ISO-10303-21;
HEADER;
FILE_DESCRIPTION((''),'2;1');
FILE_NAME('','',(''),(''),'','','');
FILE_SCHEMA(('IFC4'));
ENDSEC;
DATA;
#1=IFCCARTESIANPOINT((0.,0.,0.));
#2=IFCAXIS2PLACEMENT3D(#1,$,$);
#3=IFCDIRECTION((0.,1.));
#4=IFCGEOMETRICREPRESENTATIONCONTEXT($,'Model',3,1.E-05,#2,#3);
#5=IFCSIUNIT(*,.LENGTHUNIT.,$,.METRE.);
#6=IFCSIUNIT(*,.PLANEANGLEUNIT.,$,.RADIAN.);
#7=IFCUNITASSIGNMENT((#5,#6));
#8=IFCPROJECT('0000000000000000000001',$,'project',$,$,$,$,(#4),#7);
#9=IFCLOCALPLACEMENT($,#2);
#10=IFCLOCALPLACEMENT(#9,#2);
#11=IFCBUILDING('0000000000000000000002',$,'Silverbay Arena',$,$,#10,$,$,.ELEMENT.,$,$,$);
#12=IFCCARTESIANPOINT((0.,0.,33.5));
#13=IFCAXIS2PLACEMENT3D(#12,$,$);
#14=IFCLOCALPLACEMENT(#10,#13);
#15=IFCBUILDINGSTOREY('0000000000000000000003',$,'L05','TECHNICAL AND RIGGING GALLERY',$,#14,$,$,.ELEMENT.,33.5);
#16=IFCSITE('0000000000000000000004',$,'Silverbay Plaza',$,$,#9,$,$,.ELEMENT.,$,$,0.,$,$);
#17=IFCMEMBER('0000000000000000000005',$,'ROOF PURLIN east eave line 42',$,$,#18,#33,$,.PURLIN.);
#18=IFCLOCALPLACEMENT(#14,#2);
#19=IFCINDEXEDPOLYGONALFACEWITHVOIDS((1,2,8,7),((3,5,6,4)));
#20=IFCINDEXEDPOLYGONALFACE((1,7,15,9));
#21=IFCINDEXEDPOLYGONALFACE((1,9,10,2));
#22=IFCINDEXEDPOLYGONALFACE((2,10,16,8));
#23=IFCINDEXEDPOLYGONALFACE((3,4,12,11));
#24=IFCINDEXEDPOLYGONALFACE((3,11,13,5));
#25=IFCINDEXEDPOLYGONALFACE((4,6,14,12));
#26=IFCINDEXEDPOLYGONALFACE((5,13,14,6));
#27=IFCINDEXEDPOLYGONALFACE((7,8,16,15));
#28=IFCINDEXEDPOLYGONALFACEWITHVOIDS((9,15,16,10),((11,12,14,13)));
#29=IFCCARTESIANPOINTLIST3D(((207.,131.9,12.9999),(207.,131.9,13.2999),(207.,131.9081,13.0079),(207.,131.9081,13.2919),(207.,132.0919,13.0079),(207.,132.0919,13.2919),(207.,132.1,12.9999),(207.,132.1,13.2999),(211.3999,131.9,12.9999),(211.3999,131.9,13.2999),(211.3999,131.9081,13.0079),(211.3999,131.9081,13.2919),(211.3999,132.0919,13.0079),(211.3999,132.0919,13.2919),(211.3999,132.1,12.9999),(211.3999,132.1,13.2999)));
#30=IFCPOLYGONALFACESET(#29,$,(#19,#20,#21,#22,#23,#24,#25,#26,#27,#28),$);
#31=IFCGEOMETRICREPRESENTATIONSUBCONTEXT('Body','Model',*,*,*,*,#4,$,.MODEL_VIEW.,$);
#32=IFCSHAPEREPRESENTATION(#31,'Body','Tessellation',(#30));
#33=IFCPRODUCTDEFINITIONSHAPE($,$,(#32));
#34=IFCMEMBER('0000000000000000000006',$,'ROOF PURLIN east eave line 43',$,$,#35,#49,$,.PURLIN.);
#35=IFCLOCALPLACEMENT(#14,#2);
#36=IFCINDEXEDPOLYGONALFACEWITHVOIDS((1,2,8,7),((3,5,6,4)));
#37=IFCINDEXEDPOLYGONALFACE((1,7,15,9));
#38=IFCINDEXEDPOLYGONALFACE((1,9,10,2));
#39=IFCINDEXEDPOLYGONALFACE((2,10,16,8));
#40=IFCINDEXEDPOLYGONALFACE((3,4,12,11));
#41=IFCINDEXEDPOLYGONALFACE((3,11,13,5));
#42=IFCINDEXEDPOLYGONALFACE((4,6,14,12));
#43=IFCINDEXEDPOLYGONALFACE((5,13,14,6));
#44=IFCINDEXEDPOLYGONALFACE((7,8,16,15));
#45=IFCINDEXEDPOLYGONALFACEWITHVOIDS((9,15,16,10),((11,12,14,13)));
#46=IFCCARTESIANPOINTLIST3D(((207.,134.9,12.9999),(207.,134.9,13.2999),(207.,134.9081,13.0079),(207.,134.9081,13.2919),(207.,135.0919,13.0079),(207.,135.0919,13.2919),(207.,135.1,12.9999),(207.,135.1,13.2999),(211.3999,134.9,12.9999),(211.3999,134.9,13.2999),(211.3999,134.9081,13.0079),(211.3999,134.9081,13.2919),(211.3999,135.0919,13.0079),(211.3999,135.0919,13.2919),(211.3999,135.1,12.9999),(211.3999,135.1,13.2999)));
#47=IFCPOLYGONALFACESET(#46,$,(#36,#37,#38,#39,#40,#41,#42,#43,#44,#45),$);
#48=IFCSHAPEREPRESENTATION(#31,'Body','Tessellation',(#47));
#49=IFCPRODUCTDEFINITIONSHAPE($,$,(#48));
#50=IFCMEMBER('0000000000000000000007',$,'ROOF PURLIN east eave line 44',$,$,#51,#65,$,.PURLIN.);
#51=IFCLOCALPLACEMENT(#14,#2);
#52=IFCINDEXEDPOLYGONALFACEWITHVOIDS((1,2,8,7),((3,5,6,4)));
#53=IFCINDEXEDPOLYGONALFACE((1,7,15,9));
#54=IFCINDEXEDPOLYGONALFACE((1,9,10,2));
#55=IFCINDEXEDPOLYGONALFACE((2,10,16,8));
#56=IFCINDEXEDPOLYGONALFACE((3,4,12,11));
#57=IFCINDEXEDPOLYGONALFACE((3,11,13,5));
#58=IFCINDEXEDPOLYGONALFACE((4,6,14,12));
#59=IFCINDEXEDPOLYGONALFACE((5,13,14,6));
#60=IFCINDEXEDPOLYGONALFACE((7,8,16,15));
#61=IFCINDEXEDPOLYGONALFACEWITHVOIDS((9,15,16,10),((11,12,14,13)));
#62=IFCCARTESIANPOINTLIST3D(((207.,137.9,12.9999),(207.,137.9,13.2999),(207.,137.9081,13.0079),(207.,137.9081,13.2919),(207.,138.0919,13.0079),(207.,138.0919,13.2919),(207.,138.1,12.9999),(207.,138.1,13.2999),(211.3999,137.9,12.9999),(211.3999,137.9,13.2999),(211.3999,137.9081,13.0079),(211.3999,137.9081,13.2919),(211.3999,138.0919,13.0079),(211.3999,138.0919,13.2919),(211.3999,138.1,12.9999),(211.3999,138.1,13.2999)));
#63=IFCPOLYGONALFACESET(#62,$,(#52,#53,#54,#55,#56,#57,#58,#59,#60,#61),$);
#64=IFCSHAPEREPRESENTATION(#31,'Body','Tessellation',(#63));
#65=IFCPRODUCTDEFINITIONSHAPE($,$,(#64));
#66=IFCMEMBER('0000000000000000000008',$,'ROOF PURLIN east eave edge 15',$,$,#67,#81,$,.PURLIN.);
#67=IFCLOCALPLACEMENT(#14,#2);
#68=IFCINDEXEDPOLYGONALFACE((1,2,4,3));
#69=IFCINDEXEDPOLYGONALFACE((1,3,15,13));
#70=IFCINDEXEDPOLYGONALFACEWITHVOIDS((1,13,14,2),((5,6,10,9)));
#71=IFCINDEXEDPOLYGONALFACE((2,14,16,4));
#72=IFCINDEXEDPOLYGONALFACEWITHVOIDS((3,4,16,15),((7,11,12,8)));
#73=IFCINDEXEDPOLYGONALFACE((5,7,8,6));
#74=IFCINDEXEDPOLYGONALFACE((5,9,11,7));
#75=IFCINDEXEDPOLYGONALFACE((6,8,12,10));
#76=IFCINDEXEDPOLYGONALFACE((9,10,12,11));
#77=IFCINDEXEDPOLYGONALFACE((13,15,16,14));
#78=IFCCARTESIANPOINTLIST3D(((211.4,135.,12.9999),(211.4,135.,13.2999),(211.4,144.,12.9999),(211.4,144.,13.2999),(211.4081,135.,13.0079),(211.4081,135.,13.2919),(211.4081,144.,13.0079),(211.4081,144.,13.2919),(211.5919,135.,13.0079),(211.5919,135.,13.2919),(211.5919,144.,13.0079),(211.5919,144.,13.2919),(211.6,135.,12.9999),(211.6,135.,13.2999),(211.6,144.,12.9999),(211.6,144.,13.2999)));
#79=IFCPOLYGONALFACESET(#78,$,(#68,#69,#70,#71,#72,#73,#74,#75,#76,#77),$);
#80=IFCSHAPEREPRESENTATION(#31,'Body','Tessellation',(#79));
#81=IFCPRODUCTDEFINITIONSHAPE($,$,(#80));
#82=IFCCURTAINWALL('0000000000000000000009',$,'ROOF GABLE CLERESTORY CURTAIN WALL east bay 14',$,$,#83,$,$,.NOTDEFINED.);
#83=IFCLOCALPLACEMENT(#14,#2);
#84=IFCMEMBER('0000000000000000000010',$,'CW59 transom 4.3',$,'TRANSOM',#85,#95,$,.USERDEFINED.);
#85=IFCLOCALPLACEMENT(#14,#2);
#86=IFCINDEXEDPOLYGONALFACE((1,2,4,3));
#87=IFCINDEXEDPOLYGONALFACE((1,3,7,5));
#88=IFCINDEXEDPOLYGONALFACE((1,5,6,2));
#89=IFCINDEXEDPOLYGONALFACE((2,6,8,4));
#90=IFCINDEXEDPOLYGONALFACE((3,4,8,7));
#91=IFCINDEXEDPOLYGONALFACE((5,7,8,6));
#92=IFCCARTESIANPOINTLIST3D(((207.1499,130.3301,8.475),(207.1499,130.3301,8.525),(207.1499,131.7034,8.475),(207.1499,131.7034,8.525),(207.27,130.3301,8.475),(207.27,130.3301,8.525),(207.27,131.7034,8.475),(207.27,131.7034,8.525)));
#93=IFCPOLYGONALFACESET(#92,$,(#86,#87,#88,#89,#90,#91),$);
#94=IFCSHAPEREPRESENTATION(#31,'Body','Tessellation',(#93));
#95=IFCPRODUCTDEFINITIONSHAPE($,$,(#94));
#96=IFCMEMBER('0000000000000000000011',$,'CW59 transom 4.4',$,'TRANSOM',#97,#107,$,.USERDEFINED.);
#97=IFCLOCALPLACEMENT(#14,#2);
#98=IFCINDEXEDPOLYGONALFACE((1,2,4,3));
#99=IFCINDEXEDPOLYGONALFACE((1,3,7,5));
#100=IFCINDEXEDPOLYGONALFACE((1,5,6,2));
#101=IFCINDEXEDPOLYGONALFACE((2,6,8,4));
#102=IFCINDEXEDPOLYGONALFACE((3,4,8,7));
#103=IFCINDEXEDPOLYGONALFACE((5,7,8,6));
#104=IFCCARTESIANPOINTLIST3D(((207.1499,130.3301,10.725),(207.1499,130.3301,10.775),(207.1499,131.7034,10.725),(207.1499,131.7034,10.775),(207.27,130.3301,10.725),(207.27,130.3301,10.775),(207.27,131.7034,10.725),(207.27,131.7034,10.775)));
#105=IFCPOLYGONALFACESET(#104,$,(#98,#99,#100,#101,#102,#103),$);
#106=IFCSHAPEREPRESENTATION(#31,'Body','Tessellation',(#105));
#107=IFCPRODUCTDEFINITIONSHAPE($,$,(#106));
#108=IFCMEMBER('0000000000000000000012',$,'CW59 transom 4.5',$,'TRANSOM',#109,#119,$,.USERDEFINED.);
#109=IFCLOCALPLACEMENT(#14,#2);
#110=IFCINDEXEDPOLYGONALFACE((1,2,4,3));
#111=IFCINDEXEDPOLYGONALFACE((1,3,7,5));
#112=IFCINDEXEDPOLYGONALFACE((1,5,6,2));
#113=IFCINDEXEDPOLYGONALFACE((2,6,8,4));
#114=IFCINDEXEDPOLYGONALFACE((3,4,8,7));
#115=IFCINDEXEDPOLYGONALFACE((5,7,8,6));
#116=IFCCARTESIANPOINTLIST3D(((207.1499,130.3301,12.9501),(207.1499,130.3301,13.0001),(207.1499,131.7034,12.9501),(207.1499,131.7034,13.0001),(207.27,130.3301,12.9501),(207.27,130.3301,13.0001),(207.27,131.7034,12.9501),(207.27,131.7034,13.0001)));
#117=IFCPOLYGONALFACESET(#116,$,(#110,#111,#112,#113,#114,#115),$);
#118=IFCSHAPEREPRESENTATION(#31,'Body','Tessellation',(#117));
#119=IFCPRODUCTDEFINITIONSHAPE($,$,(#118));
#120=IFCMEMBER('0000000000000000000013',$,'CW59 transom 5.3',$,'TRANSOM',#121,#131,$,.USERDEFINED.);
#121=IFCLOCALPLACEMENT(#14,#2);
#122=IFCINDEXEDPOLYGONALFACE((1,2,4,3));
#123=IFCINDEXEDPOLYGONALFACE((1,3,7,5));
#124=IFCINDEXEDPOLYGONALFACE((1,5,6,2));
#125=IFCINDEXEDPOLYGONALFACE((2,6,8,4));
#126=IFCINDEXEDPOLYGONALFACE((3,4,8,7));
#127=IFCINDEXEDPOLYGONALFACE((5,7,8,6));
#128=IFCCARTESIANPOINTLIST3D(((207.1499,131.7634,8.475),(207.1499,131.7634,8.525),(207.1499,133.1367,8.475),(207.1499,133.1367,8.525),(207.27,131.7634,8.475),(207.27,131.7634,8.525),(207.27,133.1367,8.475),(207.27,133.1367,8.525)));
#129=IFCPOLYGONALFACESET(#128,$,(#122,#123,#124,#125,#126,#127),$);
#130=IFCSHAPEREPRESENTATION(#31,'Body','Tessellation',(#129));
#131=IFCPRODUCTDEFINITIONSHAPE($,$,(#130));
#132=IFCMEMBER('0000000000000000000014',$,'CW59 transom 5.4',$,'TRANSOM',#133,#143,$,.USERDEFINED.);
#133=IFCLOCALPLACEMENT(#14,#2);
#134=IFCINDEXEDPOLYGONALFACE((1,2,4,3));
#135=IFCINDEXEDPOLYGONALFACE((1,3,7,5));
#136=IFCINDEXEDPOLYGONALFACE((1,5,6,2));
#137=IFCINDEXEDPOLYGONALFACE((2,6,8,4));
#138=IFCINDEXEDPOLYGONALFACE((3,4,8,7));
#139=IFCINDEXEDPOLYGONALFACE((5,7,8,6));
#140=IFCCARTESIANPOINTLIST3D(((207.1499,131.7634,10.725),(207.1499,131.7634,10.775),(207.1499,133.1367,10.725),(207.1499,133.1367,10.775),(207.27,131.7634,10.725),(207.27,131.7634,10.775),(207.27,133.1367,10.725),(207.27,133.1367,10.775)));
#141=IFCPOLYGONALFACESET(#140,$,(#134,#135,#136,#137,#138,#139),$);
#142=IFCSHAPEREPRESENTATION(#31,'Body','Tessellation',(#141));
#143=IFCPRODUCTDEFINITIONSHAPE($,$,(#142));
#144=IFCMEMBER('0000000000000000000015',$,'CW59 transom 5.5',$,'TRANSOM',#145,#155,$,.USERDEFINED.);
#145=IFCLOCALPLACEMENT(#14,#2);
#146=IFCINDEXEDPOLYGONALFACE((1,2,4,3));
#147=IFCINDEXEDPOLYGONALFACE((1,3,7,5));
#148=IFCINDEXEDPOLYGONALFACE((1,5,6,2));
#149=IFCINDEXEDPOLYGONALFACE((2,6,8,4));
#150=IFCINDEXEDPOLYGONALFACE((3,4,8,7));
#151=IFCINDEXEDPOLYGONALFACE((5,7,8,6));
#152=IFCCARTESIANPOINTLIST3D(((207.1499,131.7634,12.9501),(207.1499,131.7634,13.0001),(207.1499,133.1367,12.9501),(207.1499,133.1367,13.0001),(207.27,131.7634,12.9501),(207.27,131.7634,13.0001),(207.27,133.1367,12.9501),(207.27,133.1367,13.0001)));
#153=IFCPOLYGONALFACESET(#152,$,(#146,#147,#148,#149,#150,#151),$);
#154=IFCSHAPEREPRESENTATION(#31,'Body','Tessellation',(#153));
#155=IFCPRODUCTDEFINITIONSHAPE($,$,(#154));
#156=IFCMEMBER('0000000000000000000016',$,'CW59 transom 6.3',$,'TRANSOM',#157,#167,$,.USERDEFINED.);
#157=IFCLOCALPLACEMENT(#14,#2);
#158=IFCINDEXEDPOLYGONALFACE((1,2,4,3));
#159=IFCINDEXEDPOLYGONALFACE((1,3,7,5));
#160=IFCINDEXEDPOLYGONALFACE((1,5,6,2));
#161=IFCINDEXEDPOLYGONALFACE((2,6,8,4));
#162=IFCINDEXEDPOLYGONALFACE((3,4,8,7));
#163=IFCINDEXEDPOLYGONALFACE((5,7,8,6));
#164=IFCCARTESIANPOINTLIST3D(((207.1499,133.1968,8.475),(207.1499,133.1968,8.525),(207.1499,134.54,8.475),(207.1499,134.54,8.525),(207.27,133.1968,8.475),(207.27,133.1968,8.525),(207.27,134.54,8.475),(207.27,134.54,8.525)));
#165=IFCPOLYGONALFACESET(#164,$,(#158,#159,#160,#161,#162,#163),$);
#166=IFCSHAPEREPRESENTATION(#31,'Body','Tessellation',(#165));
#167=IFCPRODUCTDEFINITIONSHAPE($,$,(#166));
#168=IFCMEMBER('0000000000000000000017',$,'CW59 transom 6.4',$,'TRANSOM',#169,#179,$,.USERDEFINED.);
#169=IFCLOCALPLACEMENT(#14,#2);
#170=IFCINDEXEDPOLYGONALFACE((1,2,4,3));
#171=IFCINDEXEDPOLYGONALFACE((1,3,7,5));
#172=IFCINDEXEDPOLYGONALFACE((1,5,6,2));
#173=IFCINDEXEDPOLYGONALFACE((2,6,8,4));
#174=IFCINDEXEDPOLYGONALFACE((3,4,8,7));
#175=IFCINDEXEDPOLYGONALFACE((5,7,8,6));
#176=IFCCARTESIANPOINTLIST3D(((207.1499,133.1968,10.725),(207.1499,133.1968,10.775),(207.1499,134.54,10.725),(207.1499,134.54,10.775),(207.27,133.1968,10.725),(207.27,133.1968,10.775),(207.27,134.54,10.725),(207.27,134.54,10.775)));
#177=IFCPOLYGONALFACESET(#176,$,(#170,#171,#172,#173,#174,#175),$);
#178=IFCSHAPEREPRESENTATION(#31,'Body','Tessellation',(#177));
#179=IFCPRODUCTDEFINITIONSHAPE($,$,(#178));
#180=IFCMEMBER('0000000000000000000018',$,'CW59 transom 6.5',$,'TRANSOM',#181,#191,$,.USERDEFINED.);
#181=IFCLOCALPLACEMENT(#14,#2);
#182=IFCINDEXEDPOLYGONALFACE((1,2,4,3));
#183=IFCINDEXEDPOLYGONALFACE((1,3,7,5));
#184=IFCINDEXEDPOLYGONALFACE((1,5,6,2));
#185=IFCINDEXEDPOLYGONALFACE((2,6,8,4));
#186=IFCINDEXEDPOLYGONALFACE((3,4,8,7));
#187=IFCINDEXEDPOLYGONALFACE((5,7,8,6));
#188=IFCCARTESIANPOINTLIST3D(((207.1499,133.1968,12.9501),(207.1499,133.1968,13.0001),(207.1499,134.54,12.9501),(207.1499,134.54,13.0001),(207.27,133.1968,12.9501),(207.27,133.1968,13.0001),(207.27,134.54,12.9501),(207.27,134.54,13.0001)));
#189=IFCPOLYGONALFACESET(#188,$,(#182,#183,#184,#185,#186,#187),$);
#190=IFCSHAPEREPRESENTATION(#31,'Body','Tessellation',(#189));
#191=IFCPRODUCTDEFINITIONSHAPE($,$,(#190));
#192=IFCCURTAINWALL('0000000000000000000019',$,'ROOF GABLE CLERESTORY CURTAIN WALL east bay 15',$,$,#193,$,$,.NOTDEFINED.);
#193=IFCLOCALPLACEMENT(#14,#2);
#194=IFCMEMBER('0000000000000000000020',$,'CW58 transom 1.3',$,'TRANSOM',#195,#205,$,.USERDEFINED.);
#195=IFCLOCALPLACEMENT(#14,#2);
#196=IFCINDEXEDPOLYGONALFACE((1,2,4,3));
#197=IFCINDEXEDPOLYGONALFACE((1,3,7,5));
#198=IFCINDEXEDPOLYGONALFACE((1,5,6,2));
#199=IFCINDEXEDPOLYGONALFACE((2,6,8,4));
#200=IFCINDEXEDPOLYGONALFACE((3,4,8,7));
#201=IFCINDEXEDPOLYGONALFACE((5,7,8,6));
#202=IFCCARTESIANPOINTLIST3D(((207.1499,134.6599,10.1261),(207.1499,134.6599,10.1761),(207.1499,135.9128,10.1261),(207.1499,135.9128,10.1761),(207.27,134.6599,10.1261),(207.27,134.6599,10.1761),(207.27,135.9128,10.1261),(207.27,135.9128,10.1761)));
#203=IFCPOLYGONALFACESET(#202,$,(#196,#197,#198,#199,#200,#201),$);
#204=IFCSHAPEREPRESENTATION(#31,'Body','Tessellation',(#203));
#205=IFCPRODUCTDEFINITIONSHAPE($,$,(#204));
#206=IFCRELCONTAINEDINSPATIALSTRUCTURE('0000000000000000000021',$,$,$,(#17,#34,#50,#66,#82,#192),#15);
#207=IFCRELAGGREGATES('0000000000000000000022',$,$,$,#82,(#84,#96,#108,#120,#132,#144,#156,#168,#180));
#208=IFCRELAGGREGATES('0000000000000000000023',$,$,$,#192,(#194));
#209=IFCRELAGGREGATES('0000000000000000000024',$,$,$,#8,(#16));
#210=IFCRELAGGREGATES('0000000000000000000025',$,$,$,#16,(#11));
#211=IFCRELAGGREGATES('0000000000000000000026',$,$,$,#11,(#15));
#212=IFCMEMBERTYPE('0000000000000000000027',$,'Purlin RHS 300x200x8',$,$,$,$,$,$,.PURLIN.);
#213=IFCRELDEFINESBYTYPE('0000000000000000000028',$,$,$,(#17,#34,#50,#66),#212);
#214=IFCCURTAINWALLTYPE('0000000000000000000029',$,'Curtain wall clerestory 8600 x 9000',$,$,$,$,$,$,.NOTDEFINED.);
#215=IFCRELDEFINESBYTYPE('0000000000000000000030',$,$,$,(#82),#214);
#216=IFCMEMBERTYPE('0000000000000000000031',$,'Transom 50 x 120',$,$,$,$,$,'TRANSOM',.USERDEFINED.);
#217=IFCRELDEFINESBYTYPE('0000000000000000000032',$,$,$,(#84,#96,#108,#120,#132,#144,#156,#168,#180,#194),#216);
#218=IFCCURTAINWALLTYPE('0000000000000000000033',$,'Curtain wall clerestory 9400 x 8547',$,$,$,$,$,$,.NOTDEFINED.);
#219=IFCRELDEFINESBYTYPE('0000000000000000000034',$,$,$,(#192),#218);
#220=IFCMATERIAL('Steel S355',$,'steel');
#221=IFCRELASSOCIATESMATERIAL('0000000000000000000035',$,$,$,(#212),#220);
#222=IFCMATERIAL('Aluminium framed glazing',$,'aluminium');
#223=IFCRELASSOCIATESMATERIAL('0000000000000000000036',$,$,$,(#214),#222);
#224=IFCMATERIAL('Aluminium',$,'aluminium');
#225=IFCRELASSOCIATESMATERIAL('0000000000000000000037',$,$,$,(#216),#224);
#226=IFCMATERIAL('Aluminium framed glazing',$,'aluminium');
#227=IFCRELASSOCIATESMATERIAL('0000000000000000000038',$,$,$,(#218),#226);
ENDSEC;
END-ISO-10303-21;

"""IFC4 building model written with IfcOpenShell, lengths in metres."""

from ifc_helpers import new_model, si_unit, direction, frame, origin, origin_2d, place, context, subcontext, project, spatial, rectangle, hollow_rectangle, extrude, material, material_profile, profile_set, type_object, element, aggregate, save


model = new_model("IFC4")

# Units and contexts
model_context = context("Model", 3, precision=1e-05, world=origin(), true_north=direction((0.0, 1.0)))
body_context = subcontext(model_context, "Body", "Model", "MODEL_VIEW")
ifc_project = project(units=[si_unit("LENGTHUNIT", "METRE"), si_unit("PLANEANGLEUNIT", "RADIAN")], contexts=[model_context])

# Site, building, storey
site_placement = place(None, origin())
site = spatial("IfcSite", under=ifc_project, at=site_placement, Name="Silverbay Plaza", CompositionType="ELEMENT", RefElevation=0.0)
building_placement = place(site_placement, origin())
building = spatial("IfcBuilding", under=site, at=building_placement, Name="Silverbay Arena", CompositionType="ELEMENT")
storey_placement = place(building_placement, frame((0.0, 0.0, 33.5)))
storey = spatial("IfcBuildingStorey", under=building, at=storey_placement, Name="L05", Description="TECHNICAL AND RIGGING GALLERY", CompositionType="ELEMENT", Elevation=33.5)

# Members
ifc_material_1 = material(Name="Steel S355", Category="steel")
ifc_material_profile_1 = material_profile(ifc_material_1, hollow_rectangle(XDim=0.2, YDim=0.3, WallThickness=0.0081, at=origin_2d()), Name="RHS 300x200x8")
ifc_profile_set_1 = profile_set([ifc_material_profile_1], Name="Steel S355")
member_type_1 = type_object("IfcMemberType", Name="Purlin RHS 300x200x8", PredefinedType="PURLIN", material=ifc_profile_set_1)
for number, where, z_axis, x_axis, name in (
    (1, (211.3999, 132.0, 13.1499), (-1.0, 0.0, 0.0), (0.0, -1.0, 0.0), "ROOF PURLIN east eave line 42"),
    (2, (211.3999, 135.0, 13.1499), (-1.0, 0.0, 0.0), (0.0, -1.0, 0.0), "ROOF PURLIN east eave line 43"),
    (3, (211.3999, 138.0, 13.1499), (-1.0, 0.0, 0.0), (0.0, -1.0, 0.0), "ROOF PURLIN east eave line 44"),
):
    element("IfcMember", number, at=place(storey_placement, frame(where, z_axis=z_axis, x_axis=x_axis)), inside=storey, type_object=member_type_1, Name=name, PredefinedType="PURLIN", context=body_context, shape_type="SweptSolid", body=[
        extrude(hollow_rectangle(XDim=0.2, YDim=0.3, WallThickness=0.0081, at=origin_2d()), origin(), (0.0, 0.0, 1.0), 4.3999),
    ])
member_1_placement = place(storey_placement, frame((211.5, 135.0, 13.1499), z_axis=(0.0, 1.0, 0.0), x_axis=(-1.0, 0.0, 0.0)))
element("IfcMember", 4, at=member_1_placement, inside=storey, type_object=member_type_1, Name="ROOF PURLIN east eave edge 15", PredefinedType="PURLIN", context=body_context, shape_type="SweptSolid", body=[
    extrude(hollow_rectangle(XDim=0.2, YDim=0.3, WallThickness=0.0081, at=origin_2d()), origin(), (0.0, 0.0, 1.0), 9.0),
])

# Curtain walls, members
ifc_material_2 = material(Name="Aluminium framed glazing", Category="aluminium")
curtain_wall_type_1 = type_object("IfcCurtainWallType", Name="Curtain wall clerestory 8600 x 9000", PredefinedType="NOTDEFINED", material=ifc_material_2)
curtain_wall_1_placement = place(storey_placement, origin())
curtain_wall_1 = element("IfcCurtainWall", 5, at=curtain_wall_1_placement, inside=storey, type_object=curtain_wall_type_1, Name="ROOF GABLE CLERESTORY CURTAIN WALL east bay 14", PredefinedType="NOTDEFINED")
ifc_material_3 = material(Name="Aluminium", Category="aluminium")
ifc_material_profile_2 = material_profile(ifc_material_3, rectangle(XDim=0.1201, YDim=0.05, at=origin_2d()), Name="Transom 50 x 120")
ifc_profile_set_2 = profile_set([ifc_material_profile_2], Name="Aluminium")
member_type_2 = type_object("IfcMemberType", Name="Transom 50 x 120", ElementType="TRANSOM", PredefinedType="USERDEFINED", material=ifc_profile_set_2)
member_2_placement = place(storey_placement, frame((207.21, 130.3301, 8.5), z_axis=(0.0, 1.0, 0.0), x_axis=(-1.0, 0.0, 0.0)))
member_2 = element("IfcMember", 6, at=member_2_placement, type_object=member_type_2, Name="CW59 transom 4.3", ObjectType="TRANSOM", PredefinedType="USERDEFINED", context=body_context, shape_type="SweptSolid", body=[
    extrude(rectangle(XDim=0.1201, YDim=0.05, at=origin_2d()), origin(), (0.0, 0.0, 1.0), 1.3733),
])
member_3_placement = place(storey_placement, frame((207.21, 130.3301, 10.75), z_axis=(0.0, 1.0, 0.0), x_axis=(-1.0, 0.0, 0.0)))
member_3 = element("IfcMember", 7, at=member_3_placement, type_object=member_type_2, Name="CW59 transom 4.4", ObjectType="TRANSOM", PredefinedType="USERDEFINED", context=body_context, shape_type="SweptSolid", body=[
    extrude(rectangle(XDim=0.1201, YDim=0.05, at=origin_2d()), origin(), (0.0, 0.0, 1.0), 1.3733),
])
member_4_placement = place(storey_placement, frame((207.21, 130.3301, 12.9751), z_axis=(0.0, 1.0, 0.0), x_axis=(-1.0, 0.0, 0.0)))
member_4 = element("IfcMember", 8, at=member_4_placement, type_object=member_type_2, Name="CW59 transom 4.5", ObjectType="TRANSOM", PredefinedType="USERDEFINED", context=body_context, shape_type="SweptSolid", body=[
    extrude(rectangle(XDim=0.1201, YDim=0.05, at=origin_2d()), origin(), (0.0, 0.0, 1.0), 1.3733),
])
member_5_placement = place(storey_placement, frame((207.21, 131.7634, 8.5), z_axis=(0.0, 1.0, 0.0), x_axis=(-1.0, 0.0, 0.0)))
member_5 = element("IfcMember", 9, at=member_5_placement, type_object=member_type_2, Name="CW59 transom 5.3", ObjectType="TRANSOM", PredefinedType="USERDEFINED", context=body_context, shape_type="SweptSolid", body=[
    extrude(rectangle(XDim=0.1201, YDim=0.05, at=origin_2d()), origin(), (0.0, 0.0, 1.0), 1.3733),
])
member_6_placement = place(storey_placement, frame((207.21, 131.7634, 10.75), z_axis=(0.0, 1.0, 0.0), x_axis=(-1.0, 0.0, 0.0)))
member_6 = element("IfcMember", 10, at=member_6_placement, type_object=member_type_2, Name="CW59 transom 5.4", ObjectType="TRANSOM", PredefinedType="USERDEFINED", context=body_context, shape_type="SweptSolid", body=[
    extrude(rectangle(XDim=0.1201, YDim=0.05, at=origin_2d()), origin(), (0.0, 0.0, 1.0), 1.3733),
])
member_7_placement = place(storey_placement, frame((207.21, 131.7634, 12.9751), z_axis=(0.0, 1.0, 0.0), x_axis=(-1.0, 0.0, 0.0)))
member_7 = element("IfcMember", 11, at=member_7_placement, type_object=member_type_2, Name="CW59 transom 5.5", ObjectType="TRANSOM", PredefinedType="USERDEFINED", context=body_context, shape_type="SweptSolid", body=[
    extrude(rectangle(XDim=0.1201, YDim=0.05, at=origin_2d()), origin(), (0.0, 0.0, 1.0), 1.3733),
])
member_8_placement = place(storey_placement, frame((207.21, 133.1968, 8.5), z_axis=(0.0, 1.0, 0.0), x_axis=(-1.0, 0.0, 0.0)))
member_8 = element("IfcMember", 12, at=member_8_placement, type_object=member_type_2, Name="CW59 transom 6.3", ObjectType="TRANSOM", PredefinedType="USERDEFINED", context=body_context, shape_type="SweptSolid", body=[
    extrude(rectangle(XDim=0.1201, YDim=0.05, at=origin_2d()), origin(), (0.0, 0.0, 1.0), 1.3433),
])
member_9_placement = place(storey_placement, frame((207.21, 133.1968, 10.75), z_axis=(0.0, 1.0, 0.0), x_axis=(-1.0, 0.0, 0.0)))
member_9 = element("IfcMember", 13, at=member_9_placement, type_object=member_type_2, Name="CW59 transom 6.4", ObjectType="TRANSOM", PredefinedType="USERDEFINED", context=body_context, shape_type="SweptSolid", body=[
    extrude(rectangle(XDim=0.1201, YDim=0.05, at=origin_2d()), origin(), (0.0, 0.0, 1.0), 1.3433),
])
member_10_placement = place(storey_placement, frame((207.21, 133.1968, 12.9751), z_axis=(0.0, 1.0, 0.0), x_axis=(-1.0, 0.0, 0.0)))
member_10 = element("IfcMember", 14, at=member_10_placement, type_object=member_type_2, Name="CW59 transom 6.5", ObjectType="TRANSOM", PredefinedType="USERDEFINED", context=body_context, shape_type="SweptSolid", body=[
    extrude(rectangle(XDim=0.1201, YDim=0.05, at=origin_2d()), origin(), (0.0, 0.0, 1.0), 1.3433),
])
ifc_material_4 = material(Name="Aluminium framed glazing", Category="aluminium")
curtain_wall_type_2 = type_object("IfcCurtainWallType", Name="Curtain wall clerestory 9400 x 8547", PredefinedType="NOTDEFINED", material=ifc_material_4)
curtain_wall_2_placement = place(storey_placement, origin())
curtain_wall_2 = element("IfcCurtainWall", 15, at=curtain_wall_2_placement, inside=storey, type_object=curtain_wall_type_2, Name="ROOF GABLE CLERESTORY CURTAIN WALL east bay 15", PredefinedType="NOTDEFINED")
member_11_placement = place(storey_placement, frame((207.21, 134.6599, 10.1511), z_axis=(0.0, 1.0, 0.0), x_axis=(-1.0, 0.0, 0.0)))
member_11 = element("IfcMember", 16, at=member_11_placement, type_object=member_type_2, Name="CW58 transom 1.3", ObjectType="TRANSOM", PredefinedType="USERDEFINED", context=body_context, shape_type="SweptSolid", body=[
    extrude(rectangle(XDim=0.1201, YDim=0.05, at=origin_2d()), origin(), (0.0, 0.0, 1.0), 1.2529),
])

aggregate(curtain_wall_1, [member_2, member_3, member_4, member_5, member_6, member_7, member_8, member_9, member_10])
aggregate(curtain_wall_2, [member_11])

save(model, "model.ifc")
